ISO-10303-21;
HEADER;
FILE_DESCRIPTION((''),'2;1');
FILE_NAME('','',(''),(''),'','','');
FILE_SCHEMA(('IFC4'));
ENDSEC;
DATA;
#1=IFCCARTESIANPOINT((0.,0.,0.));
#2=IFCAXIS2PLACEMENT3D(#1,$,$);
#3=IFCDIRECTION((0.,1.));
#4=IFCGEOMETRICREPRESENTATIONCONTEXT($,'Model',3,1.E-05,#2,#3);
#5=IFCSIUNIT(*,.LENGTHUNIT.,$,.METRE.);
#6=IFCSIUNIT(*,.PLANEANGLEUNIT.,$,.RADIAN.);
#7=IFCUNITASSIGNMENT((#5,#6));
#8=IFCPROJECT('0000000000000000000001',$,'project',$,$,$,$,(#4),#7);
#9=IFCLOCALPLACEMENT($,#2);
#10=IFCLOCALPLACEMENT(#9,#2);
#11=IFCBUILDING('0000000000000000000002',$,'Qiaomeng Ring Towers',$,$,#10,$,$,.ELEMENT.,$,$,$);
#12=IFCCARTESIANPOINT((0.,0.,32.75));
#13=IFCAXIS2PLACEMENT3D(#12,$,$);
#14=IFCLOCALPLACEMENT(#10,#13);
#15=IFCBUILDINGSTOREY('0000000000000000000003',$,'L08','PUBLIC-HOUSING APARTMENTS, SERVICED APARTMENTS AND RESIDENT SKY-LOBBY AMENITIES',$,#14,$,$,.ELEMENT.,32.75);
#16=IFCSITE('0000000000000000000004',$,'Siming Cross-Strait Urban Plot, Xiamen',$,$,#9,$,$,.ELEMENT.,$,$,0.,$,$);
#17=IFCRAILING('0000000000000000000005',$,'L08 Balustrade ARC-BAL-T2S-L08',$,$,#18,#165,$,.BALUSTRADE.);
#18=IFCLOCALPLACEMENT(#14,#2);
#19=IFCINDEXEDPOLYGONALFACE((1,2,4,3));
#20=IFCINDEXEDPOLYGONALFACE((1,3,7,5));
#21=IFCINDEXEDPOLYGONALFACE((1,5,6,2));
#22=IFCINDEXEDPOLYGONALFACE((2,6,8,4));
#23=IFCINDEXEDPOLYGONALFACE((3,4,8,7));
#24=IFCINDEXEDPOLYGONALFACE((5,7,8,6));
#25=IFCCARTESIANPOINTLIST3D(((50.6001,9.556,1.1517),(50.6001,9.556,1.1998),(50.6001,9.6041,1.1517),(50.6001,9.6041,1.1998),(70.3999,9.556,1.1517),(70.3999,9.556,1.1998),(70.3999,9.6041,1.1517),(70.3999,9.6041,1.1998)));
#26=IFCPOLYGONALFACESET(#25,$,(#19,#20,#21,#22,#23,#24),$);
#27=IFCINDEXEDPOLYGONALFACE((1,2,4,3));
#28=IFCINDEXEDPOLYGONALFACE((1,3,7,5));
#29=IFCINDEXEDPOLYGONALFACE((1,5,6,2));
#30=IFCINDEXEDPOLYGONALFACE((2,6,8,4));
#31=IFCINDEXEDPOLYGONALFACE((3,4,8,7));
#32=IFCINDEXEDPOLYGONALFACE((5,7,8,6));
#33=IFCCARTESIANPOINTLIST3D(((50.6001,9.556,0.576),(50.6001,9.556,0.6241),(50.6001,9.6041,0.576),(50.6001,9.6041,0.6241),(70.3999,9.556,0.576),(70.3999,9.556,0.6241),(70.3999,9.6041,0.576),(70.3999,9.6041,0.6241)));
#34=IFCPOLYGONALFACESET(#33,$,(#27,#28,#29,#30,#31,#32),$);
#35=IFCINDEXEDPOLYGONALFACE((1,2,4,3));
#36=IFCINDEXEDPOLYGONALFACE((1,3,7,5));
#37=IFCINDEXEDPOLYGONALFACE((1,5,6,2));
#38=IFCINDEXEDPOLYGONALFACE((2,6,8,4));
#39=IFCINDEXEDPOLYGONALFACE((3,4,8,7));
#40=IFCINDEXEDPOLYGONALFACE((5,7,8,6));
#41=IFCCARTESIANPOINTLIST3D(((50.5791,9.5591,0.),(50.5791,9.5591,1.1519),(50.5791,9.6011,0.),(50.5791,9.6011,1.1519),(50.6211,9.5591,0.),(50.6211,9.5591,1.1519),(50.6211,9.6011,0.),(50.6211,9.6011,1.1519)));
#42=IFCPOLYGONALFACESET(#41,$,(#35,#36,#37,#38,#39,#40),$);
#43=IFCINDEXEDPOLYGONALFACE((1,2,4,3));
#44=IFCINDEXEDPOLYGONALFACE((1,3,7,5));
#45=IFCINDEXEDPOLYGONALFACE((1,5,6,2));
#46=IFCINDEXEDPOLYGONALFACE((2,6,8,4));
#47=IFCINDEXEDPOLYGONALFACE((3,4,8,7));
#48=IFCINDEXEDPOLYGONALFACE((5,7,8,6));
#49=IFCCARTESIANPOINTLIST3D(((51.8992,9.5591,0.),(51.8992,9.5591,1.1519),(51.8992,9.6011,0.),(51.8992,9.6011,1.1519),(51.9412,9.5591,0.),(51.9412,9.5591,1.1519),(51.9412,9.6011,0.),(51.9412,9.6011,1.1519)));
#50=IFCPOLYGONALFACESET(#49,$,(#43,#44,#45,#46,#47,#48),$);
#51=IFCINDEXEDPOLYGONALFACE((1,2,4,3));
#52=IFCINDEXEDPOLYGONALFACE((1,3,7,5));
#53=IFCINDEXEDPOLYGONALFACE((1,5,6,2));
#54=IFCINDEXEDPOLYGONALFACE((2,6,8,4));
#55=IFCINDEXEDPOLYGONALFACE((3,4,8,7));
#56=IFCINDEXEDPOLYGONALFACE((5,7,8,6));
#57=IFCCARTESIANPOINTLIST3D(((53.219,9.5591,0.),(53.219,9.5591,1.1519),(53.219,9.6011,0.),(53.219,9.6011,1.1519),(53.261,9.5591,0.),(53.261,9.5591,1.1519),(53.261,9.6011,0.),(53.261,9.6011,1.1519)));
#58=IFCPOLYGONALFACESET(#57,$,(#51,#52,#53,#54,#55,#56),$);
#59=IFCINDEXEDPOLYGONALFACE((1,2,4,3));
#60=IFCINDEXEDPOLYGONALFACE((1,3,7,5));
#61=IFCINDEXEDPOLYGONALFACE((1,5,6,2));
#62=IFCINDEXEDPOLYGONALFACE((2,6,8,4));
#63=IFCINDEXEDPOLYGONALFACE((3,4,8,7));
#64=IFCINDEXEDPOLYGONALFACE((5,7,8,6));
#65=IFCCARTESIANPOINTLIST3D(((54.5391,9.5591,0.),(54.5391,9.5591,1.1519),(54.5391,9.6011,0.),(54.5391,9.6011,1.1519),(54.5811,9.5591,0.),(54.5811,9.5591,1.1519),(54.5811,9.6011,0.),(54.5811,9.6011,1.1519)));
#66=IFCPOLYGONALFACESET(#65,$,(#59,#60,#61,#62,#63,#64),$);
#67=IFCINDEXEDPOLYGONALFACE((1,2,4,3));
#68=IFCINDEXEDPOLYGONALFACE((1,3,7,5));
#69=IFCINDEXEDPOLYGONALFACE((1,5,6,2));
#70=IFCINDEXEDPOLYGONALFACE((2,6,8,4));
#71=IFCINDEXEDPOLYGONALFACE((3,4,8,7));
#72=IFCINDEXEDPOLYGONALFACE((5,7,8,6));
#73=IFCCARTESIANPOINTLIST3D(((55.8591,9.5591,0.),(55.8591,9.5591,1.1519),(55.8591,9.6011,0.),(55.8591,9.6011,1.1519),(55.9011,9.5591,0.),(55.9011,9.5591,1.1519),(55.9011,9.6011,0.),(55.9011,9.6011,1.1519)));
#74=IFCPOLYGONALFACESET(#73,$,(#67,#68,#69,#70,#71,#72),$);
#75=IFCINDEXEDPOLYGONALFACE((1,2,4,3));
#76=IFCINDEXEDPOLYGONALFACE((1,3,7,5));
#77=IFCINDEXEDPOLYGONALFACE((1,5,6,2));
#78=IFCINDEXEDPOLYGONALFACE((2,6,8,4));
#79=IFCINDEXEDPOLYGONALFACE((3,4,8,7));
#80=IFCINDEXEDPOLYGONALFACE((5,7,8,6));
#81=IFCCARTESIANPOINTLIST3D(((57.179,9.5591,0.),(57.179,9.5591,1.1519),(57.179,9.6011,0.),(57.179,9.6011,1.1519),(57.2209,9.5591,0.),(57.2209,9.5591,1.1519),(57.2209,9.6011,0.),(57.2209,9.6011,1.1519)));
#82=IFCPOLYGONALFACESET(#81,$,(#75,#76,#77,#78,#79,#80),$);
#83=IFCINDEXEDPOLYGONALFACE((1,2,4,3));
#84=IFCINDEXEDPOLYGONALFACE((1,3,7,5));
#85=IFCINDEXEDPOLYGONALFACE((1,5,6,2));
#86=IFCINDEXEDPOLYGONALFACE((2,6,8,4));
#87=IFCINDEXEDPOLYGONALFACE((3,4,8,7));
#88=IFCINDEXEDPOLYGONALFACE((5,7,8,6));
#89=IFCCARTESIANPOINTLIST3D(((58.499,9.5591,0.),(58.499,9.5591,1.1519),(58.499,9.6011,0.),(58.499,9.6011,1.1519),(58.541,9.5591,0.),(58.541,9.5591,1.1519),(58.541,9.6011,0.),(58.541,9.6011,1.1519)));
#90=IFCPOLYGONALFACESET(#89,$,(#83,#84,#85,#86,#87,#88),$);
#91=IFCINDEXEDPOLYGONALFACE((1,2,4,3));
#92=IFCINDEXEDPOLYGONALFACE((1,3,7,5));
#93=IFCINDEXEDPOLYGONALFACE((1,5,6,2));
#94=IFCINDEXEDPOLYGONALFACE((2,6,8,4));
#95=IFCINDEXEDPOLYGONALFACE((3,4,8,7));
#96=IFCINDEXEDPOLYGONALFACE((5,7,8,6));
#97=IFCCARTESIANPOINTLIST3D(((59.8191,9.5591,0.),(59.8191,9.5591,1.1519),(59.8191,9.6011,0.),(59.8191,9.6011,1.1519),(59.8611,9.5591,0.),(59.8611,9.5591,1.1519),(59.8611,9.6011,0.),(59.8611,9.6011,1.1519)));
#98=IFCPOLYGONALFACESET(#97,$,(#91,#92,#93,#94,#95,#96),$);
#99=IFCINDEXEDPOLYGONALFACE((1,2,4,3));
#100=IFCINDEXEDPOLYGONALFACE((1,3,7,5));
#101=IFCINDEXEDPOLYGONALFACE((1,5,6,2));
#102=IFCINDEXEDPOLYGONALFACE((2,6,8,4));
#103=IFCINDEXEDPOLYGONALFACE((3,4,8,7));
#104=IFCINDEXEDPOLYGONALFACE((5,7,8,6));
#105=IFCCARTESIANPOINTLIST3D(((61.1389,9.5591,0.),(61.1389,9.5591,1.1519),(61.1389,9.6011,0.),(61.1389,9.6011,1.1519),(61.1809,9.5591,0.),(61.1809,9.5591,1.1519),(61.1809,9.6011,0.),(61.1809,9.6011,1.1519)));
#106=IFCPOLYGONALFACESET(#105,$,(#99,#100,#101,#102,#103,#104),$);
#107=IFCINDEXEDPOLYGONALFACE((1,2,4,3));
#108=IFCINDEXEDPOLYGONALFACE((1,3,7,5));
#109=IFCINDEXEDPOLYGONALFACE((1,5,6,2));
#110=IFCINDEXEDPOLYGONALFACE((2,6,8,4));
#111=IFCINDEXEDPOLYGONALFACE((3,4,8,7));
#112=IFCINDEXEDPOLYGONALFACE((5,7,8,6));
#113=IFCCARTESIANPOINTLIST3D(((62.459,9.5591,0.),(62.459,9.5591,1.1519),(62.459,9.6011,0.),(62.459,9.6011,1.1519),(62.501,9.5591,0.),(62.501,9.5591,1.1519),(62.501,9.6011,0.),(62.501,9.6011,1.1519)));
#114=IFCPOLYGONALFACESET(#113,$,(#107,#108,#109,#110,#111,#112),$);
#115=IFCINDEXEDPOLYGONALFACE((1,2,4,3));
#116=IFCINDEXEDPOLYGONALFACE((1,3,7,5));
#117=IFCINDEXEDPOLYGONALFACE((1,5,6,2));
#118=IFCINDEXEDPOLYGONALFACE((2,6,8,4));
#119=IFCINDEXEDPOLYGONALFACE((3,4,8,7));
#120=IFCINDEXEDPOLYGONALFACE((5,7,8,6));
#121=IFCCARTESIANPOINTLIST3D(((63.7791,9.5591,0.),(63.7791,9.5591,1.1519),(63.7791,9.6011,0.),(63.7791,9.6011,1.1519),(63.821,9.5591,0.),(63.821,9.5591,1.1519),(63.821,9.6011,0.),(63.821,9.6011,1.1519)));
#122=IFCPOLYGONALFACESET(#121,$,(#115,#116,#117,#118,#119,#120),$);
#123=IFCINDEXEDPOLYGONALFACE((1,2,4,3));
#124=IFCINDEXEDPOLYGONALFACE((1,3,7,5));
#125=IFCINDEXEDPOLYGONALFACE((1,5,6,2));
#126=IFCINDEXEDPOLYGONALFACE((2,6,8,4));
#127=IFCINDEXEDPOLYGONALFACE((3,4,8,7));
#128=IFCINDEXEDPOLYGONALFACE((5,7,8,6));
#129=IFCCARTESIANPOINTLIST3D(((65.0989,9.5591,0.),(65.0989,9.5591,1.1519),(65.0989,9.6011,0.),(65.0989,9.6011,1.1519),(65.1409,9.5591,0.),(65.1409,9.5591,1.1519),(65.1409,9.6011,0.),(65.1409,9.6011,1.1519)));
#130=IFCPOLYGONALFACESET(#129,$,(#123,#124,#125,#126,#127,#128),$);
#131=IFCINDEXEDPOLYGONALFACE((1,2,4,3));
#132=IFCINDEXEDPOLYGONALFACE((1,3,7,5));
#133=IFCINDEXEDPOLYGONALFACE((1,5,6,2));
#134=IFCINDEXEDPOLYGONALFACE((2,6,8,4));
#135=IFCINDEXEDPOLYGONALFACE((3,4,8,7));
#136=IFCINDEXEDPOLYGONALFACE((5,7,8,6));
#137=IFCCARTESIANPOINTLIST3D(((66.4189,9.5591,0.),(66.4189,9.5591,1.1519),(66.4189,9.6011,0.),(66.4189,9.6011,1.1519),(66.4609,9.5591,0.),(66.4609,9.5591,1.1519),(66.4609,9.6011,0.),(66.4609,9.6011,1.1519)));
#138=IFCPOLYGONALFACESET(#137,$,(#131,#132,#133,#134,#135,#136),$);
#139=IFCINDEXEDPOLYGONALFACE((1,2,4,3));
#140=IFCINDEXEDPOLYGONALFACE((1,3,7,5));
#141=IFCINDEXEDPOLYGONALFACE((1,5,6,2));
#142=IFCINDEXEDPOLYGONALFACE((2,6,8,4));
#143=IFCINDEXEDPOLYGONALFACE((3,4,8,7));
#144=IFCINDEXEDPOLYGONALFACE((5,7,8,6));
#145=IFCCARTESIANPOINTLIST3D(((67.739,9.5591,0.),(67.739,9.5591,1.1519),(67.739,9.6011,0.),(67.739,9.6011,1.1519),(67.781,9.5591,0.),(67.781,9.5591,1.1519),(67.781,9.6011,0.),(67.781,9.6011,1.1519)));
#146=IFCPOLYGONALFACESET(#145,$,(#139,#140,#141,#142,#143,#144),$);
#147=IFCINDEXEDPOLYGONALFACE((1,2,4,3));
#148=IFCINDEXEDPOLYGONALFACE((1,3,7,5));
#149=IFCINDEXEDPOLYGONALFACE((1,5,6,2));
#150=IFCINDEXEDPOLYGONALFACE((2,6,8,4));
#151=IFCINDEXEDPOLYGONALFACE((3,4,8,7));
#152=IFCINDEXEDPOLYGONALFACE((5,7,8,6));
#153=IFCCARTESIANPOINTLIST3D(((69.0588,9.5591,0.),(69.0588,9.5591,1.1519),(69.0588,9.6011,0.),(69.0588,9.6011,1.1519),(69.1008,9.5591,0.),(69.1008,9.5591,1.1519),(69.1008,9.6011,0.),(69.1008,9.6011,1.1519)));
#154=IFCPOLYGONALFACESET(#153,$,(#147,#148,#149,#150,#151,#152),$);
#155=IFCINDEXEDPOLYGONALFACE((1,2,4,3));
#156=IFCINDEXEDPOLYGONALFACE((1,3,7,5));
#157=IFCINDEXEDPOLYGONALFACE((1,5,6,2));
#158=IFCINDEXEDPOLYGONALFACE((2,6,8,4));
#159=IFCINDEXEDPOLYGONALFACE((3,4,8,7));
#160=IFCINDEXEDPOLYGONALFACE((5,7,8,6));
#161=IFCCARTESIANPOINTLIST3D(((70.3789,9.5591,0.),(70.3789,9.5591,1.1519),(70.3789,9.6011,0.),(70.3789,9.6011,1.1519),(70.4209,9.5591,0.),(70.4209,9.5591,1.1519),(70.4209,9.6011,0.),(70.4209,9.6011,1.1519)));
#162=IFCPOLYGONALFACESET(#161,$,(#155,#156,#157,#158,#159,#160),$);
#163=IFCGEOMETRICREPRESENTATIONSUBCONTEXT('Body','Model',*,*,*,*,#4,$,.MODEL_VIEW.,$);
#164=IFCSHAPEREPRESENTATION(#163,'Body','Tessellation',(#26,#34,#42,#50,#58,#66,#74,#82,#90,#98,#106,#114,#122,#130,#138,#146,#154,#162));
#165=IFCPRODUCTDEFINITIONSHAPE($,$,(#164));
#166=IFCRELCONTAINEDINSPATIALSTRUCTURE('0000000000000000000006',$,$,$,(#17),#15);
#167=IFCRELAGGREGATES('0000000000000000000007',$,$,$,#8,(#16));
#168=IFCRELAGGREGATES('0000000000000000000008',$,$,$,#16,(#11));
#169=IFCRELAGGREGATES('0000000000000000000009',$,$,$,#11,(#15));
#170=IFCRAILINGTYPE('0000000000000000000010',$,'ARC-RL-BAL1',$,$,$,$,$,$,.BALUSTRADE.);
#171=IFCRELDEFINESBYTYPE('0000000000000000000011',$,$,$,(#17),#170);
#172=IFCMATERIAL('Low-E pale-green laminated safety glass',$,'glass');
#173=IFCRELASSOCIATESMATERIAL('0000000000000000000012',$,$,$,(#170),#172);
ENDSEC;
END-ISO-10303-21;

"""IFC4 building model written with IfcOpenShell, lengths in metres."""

from ifc_helpers import new_model, si_unit, direction, frame, origin, origin_2d, place, context, subcontext, project, spatial, rectangle, extrude, material, type_object, element, save


model = new_model("IFC4")

# Units and contexts
model_context = context("Model", 3, precision=1e-05, world=origin(), true_north=direction((0.0, 1.0)))
body_context = subcontext(model_context, "Body", "Model", "MODEL_VIEW")
ifc_project = project(units=[si_unit("LENGTHUNIT", "METRE"), si_unit("PLANEANGLEUNIT", "RADIAN")], contexts=[model_context])

# Site, building, storey
site_placement = place(None, origin())
site = spatial("IfcSite", under=ifc_project, at=site_placement, Name="Siming Cross-Strait Urban Plot, Xiamen", CompositionType="ELEMENT", RefElevation=0.0)
building_placement = place(site_placement, origin())
building = spatial("IfcBuilding", under=site, at=building_placement, Name="Qiaomeng Ring Towers", CompositionType="ELEMENT")
storey_placement = place(building_placement, frame((0.0, 0.0, 32.75)))
storey = spatial("IfcBuildingStorey", under=building, at=storey_placement, Name="L08", Description="PUBLIC-HOUSING APARTMENTS, SERVICED APARTMENTS AND RESIDENT SKY-LOBBY AMENITIES", CompositionType="ELEMENT", Elevation=32.75)

# Railing
ifc_material_1 = material(Name="Low-E pale-green laminated safety glass", Category="glass")
railing_type = type_object("IfcRailingType", Name="ARC-RL-BAL1", PredefinedType="BALUSTRADE", material=ifc_material_1)
railing_placement = place(storey_placement, frame((50.6001, 9.5801, 0.0)))
element("IfcRailing", 1, at=railing_placement, inside=storey, type_object=railing_type, Name="L08 Balustrade ARC-BAL-T2S-L08", PredefinedType="BALUSTRADE", context=body_context, shape_type="SweptSolid", body=[
    extrude(rectangle(XDim=0.0481, YDim=0.0481, at=origin_2d()), frame((0.0, 0.0, 1.1758), z_axis=(1.0, 0.0, 0.0), x_axis=(0.0, 1.0, 0.0)), (0.0, 0.0, 1.0), 19.7998),
    extrude(rectangle(XDim=0.0481, YDim=0.0481, at=origin_2d()), frame((0.0, 0.0, 0.6001), z_axis=(1.0, 0.0, 0.0), x_axis=(0.0, 1.0, 0.0)), (0.0, 0.0, 1.0), 19.7998),
    extrude(rectangle(XDim=0.042, YDim=0.042, at=origin_2d()), origin(), (0.0, 0.0, 1.0), 1.1519),
    extrude(rectangle(XDim=0.042, YDim=0.042, at=origin_2d()), frame((1.3201, 0.0, 0.0)), (0.0, 0.0, 1.0), 1.1519),
    extrude(rectangle(XDim=0.042, YDim=0.042, at=origin_2d()), frame((2.6399, 0.0, 0.0)), (0.0, 0.0, 1.0), 1.1519),
    extrude(rectangle(XDim=0.042, YDim=0.042, at=origin_2d()), frame((3.96, 0.0, 0.0)), (0.0, 0.0, 1.0), 1.1519),
    extrude(rectangle(XDim=0.042, YDim=0.042, at=origin_2d()), frame((5.28, 0.0, 0.0)), (0.0, 0.0, 1.0), 1.1519),
    extrude(rectangle(XDim=0.042, YDim=0.042, at=origin_2d()), frame((6.5999, 0.0, 0.0)), (0.0, 0.0, 1.0), 1.1519),
    extrude(rectangle(XDim=0.042, YDim=0.042, at=origin_2d()), frame((7.9199, 0.0, 0.0)), (0.0, 0.0, 1.0), 1.1519),
    extrude(rectangle(XDim=0.042, YDim=0.042, at=origin_2d()), frame((9.24, 0.0, 0.0)), (0.0, 0.0, 1.0), 1.1519),
    extrude(rectangle(XDim=0.042, YDim=0.042, at=origin_2d()), frame((10.5598, 0.0, 0.0)), (0.0, 0.0, 1.0), 1.1519),
    extrude(rectangle(XDim=0.042, YDim=0.042, at=origin_2d()), frame((11.8799, 0.0, 0.0)), (0.0, 0.0, 1.0), 1.1519),
    extrude(rectangle(XDim=0.042, YDim=0.042, at=origin_2d()), frame((13.2, 0.0, 0.0)), (0.0, 0.0, 1.0), 1.1519),
    extrude(rectangle(XDim=0.042, YDim=0.042, at=origin_2d()), frame((14.5198, 0.0, 0.0)), (0.0, 0.0, 1.0), 1.1519),
    extrude(rectangle(XDim=0.042, YDim=0.042, at=origin_2d()), frame((15.8398, 0.0, 0.0)), (0.0, 0.0, 1.0), 1.1519),
    extrude(rectangle(XDim=0.042, YDim=0.042, at=origin_2d()), frame((17.1599, 0.0, 0.0)), (0.0, 0.0, 1.0), 1.1519),
    extrude(rectangle(XDim=0.042, YDim=0.042, at=origin_2d()), frame((18.4797, 0.0, 0.0)), (0.0, 0.0, 1.0), 1.1519),
    extrude(rectangle(XDim=0.042, YDim=0.042, at=origin_2d()), frame((19.7998, 0.0, 0.0)), (0.0, 0.0, 1.0), 1.1519),
])

save(model, "model.ifc")
